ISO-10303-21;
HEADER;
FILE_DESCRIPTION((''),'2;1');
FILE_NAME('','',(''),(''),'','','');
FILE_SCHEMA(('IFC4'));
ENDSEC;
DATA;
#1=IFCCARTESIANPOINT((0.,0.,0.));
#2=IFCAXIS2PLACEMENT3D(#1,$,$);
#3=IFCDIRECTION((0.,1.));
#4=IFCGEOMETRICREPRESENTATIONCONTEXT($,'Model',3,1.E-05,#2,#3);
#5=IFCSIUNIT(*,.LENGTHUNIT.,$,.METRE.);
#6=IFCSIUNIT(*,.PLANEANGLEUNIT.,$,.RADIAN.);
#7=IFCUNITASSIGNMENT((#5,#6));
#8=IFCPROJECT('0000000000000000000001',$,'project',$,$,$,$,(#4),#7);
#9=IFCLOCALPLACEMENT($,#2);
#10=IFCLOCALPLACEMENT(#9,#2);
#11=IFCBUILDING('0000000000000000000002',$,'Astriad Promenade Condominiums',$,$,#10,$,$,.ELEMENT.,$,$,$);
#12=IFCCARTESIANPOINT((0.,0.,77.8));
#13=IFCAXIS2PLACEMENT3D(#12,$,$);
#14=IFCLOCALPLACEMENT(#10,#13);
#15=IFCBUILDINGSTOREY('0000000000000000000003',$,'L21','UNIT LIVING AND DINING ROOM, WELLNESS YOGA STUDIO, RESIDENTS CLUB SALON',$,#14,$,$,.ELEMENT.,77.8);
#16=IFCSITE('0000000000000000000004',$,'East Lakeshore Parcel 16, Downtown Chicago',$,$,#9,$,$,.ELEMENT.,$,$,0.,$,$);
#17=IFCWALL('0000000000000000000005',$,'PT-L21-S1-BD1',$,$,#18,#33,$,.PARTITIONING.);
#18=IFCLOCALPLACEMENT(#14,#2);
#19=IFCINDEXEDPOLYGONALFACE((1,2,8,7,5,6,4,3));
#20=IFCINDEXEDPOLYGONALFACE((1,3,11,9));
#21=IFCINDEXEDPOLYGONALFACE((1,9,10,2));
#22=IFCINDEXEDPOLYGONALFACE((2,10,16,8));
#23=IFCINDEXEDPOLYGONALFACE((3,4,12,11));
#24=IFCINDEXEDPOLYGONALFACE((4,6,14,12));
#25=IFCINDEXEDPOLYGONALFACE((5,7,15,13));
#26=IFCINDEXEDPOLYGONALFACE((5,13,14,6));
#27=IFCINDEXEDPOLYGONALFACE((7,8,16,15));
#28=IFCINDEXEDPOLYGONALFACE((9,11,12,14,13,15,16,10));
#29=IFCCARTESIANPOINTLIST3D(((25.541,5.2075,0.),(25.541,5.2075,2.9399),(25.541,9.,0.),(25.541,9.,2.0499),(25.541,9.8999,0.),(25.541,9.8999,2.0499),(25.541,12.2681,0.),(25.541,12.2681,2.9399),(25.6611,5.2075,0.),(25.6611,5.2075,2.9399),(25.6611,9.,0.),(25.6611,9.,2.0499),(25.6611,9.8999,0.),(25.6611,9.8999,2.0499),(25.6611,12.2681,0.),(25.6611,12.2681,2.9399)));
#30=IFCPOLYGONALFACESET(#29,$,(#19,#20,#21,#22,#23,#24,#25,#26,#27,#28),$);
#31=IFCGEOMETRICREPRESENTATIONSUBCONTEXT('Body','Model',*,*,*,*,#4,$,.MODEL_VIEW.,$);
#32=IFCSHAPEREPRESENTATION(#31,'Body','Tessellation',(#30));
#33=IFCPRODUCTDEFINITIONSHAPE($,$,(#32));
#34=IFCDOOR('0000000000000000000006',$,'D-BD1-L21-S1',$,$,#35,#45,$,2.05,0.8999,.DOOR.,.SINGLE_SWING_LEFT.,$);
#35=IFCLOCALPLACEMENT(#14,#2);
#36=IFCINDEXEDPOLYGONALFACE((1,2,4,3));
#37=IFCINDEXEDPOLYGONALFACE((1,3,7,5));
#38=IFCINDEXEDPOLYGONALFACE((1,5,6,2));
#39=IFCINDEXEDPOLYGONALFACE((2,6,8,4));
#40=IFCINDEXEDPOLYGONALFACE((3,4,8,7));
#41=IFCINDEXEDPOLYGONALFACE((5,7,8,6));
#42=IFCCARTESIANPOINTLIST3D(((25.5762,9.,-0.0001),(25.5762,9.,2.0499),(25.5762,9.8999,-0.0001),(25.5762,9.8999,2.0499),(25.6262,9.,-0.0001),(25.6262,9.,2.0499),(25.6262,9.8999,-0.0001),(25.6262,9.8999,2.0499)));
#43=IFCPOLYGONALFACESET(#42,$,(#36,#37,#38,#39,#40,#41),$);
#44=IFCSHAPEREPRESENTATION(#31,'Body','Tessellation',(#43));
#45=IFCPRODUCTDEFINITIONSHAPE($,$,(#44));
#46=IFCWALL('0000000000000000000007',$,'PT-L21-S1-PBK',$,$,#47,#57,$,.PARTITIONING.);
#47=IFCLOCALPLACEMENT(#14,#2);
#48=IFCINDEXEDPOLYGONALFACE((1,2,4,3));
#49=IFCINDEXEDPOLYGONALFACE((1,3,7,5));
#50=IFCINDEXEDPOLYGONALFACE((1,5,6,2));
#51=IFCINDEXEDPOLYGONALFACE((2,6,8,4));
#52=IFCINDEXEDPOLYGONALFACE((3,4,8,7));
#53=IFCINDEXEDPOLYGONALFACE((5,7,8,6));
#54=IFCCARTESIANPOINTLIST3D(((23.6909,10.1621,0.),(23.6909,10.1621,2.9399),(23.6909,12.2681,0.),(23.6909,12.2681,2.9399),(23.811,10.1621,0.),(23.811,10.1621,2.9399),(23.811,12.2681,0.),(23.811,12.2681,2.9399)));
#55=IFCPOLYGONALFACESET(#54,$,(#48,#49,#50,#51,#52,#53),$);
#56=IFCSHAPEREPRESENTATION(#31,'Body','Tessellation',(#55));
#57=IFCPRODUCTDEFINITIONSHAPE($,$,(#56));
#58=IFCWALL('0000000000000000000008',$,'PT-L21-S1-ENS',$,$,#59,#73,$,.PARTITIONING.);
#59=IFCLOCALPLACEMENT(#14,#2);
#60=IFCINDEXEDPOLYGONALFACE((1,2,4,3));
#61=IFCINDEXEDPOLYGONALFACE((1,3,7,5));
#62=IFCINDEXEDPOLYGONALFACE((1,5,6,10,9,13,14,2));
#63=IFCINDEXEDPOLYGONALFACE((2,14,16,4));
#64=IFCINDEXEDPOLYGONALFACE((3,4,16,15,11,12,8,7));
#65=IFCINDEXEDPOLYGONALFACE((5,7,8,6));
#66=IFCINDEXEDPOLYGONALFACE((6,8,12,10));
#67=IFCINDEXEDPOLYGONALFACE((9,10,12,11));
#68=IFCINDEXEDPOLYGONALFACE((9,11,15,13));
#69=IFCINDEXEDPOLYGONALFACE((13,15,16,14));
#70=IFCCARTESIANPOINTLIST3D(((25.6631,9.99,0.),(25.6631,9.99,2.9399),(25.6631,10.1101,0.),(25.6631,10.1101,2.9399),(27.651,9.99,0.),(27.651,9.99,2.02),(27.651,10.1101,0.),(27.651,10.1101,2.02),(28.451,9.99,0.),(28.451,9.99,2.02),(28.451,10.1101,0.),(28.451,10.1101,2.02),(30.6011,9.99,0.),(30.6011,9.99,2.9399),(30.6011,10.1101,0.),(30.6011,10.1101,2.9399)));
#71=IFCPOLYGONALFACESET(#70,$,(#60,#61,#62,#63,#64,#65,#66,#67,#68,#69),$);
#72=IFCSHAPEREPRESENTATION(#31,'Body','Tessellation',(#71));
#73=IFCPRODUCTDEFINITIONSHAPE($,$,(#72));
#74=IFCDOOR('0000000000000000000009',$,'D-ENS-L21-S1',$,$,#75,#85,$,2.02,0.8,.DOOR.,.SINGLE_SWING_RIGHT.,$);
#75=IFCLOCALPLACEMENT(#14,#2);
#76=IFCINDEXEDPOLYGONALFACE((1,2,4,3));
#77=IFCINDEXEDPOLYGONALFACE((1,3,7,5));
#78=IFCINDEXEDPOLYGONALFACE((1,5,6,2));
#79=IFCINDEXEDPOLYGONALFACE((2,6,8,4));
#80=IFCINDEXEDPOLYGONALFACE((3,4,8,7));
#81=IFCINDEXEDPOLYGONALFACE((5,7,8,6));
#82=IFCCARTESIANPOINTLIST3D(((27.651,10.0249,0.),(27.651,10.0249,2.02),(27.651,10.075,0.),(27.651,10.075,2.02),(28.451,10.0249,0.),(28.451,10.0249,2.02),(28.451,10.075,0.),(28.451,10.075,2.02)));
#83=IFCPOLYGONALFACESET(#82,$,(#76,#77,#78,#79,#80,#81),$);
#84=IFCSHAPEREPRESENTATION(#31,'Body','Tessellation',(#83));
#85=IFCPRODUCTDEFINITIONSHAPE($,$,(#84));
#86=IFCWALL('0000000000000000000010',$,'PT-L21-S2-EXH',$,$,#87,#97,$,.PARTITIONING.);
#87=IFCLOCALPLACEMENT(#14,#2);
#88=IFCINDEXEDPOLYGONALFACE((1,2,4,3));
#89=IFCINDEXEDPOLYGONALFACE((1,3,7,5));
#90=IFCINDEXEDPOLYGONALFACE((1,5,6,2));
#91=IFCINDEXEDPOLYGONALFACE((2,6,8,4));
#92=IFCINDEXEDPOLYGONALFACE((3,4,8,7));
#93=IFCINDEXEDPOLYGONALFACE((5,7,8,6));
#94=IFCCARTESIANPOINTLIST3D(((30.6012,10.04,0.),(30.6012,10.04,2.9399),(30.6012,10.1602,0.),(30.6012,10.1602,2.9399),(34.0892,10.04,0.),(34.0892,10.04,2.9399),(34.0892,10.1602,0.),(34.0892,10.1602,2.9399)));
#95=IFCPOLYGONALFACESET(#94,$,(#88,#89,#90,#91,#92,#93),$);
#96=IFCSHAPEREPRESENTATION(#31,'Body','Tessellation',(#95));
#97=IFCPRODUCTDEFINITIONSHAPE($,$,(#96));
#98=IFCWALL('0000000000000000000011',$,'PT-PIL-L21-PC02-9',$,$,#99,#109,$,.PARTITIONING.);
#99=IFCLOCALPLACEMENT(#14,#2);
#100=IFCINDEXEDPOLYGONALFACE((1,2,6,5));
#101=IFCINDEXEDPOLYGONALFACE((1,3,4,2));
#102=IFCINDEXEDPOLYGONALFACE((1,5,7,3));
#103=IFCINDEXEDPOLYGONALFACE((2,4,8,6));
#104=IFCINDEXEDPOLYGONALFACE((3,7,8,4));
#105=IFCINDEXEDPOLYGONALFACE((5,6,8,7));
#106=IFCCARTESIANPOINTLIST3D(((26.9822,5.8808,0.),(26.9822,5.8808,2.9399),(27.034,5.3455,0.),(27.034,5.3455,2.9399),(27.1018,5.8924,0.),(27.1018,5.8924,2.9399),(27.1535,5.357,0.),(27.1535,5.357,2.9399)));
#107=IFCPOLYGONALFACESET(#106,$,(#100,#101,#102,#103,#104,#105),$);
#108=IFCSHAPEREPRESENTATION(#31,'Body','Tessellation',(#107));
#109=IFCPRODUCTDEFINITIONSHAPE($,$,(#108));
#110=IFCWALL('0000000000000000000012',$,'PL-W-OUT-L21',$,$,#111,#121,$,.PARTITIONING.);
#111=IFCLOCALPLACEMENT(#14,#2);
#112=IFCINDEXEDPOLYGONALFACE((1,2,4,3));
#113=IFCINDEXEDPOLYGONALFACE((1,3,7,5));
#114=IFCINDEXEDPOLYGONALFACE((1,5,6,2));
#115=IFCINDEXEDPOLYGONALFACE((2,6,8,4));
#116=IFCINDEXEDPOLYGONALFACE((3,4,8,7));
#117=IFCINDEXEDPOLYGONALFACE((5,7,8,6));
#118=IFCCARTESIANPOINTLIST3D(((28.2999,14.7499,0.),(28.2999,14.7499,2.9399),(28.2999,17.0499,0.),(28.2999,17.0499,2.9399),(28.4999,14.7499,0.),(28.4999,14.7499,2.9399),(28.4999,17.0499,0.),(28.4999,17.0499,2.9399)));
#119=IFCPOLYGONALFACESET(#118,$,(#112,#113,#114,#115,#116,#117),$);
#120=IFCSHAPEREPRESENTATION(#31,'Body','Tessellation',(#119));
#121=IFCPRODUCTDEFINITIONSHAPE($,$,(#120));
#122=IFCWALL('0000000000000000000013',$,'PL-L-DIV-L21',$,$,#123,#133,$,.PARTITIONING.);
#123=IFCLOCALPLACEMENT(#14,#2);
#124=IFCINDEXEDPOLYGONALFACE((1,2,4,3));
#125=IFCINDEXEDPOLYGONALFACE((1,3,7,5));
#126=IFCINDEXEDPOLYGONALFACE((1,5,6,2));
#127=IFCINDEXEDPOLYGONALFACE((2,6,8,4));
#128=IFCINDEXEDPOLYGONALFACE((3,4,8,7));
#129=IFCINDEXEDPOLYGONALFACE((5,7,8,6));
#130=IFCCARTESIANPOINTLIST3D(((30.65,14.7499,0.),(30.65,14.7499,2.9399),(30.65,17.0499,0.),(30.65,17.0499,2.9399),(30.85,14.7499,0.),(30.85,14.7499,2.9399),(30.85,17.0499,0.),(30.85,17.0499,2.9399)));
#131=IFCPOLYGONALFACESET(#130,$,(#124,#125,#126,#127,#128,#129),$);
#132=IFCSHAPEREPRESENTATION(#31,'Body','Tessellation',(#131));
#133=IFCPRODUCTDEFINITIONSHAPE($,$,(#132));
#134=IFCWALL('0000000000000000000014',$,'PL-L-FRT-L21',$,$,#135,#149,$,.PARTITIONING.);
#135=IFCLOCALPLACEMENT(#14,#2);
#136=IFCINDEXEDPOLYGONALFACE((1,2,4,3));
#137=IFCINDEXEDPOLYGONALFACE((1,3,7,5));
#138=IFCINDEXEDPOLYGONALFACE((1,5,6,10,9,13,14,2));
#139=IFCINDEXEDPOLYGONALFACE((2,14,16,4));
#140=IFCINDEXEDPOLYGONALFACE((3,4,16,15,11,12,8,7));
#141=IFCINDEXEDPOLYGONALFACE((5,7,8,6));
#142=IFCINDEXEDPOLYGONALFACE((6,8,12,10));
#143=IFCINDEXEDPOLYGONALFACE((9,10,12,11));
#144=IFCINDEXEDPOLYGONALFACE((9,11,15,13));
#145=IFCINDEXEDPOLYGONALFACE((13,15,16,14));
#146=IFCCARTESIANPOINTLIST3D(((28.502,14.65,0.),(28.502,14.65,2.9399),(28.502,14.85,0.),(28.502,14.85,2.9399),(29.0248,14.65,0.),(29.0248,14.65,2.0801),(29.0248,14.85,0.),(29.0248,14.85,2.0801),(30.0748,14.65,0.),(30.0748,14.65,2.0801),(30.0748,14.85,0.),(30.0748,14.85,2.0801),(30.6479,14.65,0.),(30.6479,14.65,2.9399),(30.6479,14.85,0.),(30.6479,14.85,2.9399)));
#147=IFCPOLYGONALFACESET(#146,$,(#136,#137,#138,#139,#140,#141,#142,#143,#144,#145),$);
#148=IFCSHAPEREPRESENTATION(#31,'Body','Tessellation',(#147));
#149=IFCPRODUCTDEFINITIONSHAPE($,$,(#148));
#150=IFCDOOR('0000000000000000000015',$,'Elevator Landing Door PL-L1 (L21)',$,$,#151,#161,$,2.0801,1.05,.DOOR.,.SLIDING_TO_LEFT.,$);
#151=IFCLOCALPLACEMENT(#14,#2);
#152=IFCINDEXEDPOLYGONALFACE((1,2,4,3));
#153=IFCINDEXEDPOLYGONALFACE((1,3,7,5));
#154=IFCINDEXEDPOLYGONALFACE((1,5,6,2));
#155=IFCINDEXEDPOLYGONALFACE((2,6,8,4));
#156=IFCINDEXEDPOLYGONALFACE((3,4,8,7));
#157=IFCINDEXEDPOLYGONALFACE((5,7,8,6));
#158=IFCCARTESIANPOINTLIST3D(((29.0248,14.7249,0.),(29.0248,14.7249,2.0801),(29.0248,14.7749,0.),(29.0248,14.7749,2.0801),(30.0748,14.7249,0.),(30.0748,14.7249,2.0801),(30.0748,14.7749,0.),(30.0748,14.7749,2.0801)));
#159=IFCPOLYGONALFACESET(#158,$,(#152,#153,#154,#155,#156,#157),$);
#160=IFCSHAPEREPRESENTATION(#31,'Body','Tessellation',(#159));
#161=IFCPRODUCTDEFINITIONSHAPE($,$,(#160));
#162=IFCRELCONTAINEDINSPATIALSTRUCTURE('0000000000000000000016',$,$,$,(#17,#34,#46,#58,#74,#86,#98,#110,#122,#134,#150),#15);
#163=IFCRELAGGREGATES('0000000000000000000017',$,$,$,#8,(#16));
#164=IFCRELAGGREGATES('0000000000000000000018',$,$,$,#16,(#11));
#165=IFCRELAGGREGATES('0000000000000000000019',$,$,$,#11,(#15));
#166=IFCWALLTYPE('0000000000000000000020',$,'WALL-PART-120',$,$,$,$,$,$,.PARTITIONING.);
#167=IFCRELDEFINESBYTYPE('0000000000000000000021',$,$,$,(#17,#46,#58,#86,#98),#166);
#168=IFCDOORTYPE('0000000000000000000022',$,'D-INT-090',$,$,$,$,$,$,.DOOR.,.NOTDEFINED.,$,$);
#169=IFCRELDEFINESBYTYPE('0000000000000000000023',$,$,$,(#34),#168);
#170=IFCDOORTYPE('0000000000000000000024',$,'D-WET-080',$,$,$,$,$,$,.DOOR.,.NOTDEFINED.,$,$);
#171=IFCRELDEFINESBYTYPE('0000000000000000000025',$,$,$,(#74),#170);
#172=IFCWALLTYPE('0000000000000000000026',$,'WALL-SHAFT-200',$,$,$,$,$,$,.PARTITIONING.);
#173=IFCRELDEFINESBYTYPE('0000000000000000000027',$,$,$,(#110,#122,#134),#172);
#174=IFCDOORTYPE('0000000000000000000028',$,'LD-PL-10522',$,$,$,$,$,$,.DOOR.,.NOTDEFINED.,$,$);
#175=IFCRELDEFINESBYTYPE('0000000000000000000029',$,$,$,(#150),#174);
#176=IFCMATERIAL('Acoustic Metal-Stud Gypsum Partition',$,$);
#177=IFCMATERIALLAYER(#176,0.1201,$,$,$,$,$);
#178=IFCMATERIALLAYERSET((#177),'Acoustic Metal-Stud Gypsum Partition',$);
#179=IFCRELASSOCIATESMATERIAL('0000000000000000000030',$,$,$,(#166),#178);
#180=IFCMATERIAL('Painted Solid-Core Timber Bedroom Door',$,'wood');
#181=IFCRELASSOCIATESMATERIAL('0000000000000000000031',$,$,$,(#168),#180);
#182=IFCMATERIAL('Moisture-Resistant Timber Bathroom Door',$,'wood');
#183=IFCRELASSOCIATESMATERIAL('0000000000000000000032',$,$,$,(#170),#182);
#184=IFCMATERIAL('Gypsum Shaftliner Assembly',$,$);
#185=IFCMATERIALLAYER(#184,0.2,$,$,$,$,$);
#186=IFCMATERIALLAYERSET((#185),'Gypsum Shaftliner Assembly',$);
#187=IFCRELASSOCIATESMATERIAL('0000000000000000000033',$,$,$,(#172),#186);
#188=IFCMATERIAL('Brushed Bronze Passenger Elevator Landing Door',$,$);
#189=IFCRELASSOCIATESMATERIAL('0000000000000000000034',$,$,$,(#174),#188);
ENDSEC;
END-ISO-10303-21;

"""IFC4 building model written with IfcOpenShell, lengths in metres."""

from ifc_helpers import new_model, si_unit, direction, frame, frame_2d, origin, place, context, subcontext, project, spatial, rectangle, extrude, source, transform, mapped, material, layer, layer_set, type_object, type_shapes, element, fill, save


model = new_model("IFC4")

# Units and contexts
model_context = context("Model", 3, precision=1e-05, world=origin(), true_north=direction((0.0, 1.0)))
body_context = subcontext(model_context, "Body", "Model", "MODEL_VIEW")
ifc_project = project(units=[si_unit("LENGTHUNIT", "METRE"), si_unit("PLANEANGLEUNIT", "RADIAN")], contexts=[model_context])

# Site, building, storey
site_placement = place(None, origin())
site = spatial("IfcSite", under=ifc_project, at=site_placement, Name="East Lakeshore Parcel 16, Downtown Chicago", CompositionType="ELEMENT", RefElevation=0.0)
building_placement = place(site_placement, origin())
building = spatial("IfcBuilding", under=site, at=building_placement, Name="Astriad Promenade Condominiums", CompositionType="ELEMENT")
storey_placement = place(building_placement, frame((0.0, 0.0, 77.8)))
storey = spatial("IfcBuildingStorey", under=building, at=storey_placement, Name="L21", Description="UNIT LIVING AND DINING ROOM, WELLNESS YOGA STUDIO, RESIDENTS CLUB SALON", CompositionType="ELEMENT", Elevation=77.8)

# Wall, opening, door
ifc_material_1 = material(Name="Acoustic Metal-Stud Gypsum Partition")
ifc_layer_1 = layer(ifc_material_1, 0.1201)
ifc_layer_set_1 = layer_set([ifc_layer_1], Name="Acoustic Metal-Stud Gypsum Partition")
wall_type_1 = type_object("IfcWallType", Name="WALL-PART-120", PredefinedType="PARTITIONING", material=ifc_layer_set_1)
wall_1_placement = place(storey_placement, frame((25.6011, 5.2075, 0.0), z_axis=(0.0, 0.0, 1.0), x_axis=(0.0, 1.0, 0.0)))
wall_1 = element("IfcWall", 1, at=wall_1_placement, inside=storey, type_object=wall_type_1, Name="PT-L21-S1-BD1", PredefinedType="PARTITIONING", context=body_context, shape_type="SweptSolid", body=[
    extrude(rectangle(XDim=7.0605, YDim=0.1201, at=frame_2d((3.5303, 0.0))), origin(), (0.0, 0.0, 1.0), 2.9399),
])
opening_1_placement = place(wall_1_placement, frame((3.7925, 0.0, 0.0)))
opening_1 = element("IfcOpeningElement", 2, at=opening_1_placement, cuts=wall_1, PredefinedType="OPENING", context=body_context, shape_type="SweptSolid", body=[
    extrude(rectangle(XDim=0.8999, YDim=2.05, at=frame_2d((0.45, 1.0249))), frame((0.0, 0.0701, 0.0), z_axis=(0.0, -1.0, 0.0), x_axis=(1.0, 0.0, 0.0)), (0.0, 0.0, 1.0), 0.1401),
])
ifc_material_2 = material(Name="Painted Solid-Core Timber Bedroom Door", Category="wood")
door_type_1 = type_object("IfcDoorType", Name="D-INT-090", OperationType="NOTDEFINED", PredefinedType="DOOR", material=ifc_material_2)
shared_shape_1 = source(origin(), body_context, "Body", "SweptSolid", [
    extrude(rectangle(XDim=0.8999, YDim=2.05, at=frame_2d((0.45, 1.0249))), frame((0.0, 0.0249, 0.0), z_axis=(0.0, -1.0, 0.0), x_axis=(1.0, 0.0, 0.0)), (0.0, 0.0, 1.0), 0.05),
])
type_shapes(door_type_1, [shared_shape_1])
door_1_placement = place(opening_1_placement, origin())
door_1 = element("IfcDoor", 3, at=door_1_placement, inside=storey, type_object=door_type_1, Name="D-BD1-L21-S1", OperationType="SINGLE_SWING_LEFT", OverallHeight=2.05, OverallWidth=0.8999, PredefinedType="DOOR", context=body_context, shape_type="MappedRepresentation", body=[
    mapped(shared_shape_1, transform((0.0, 0.0, 0.0), scale=1.0)),
])
fill(opening_1, door_1)

# Wall
wall_2_placement = place(storey_placement, frame((23.751, 10.1621, 0.0), z_axis=(0.0, 0.0, 1.0), x_axis=(0.0, 1.0, 0.0)))
element("IfcWall", 4, at=wall_2_placement, inside=storey, type_object=wall_type_1, Name="PT-L21-S1-PBK", PredefinedType="PARTITIONING", context=body_context, shape_type="SweptSolid", body=[
    extrude(rectangle(XDim=2.106, YDim=0.1201, at=frame_2d((1.053, 0.0))), origin(), (0.0, 0.0, 1.0), 2.9399),
])

# Wall, opening, door
wall_3_placement = place(storey_placement, frame((25.6631, 10.05, 0.0), z_axis=(0.0, 0.0, 1.0), x_axis=(1.0, 0.0, 0.0)))
wall_3 = element("IfcWall", 5, at=wall_3_placement, inside=storey, type_object=wall_type_1, Name="PT-L21-S1-ENS", PredefinedType="PARTITIONING", context=body_context, shape_type="SweptSolid", body=[
    extrude(rectangle(XDim=4.938, YDim=0.1201, at=frame_2d((2.469, 0.0))), origin(), (0.0, 0.0, 1.0), 2.9399),
])
opening_2_placement = place(wall_3_placement, frame((1.988, 0.0, 0.0)))
opening_2 = element("IfcOpeningElement", 6, at=opening_2_placement, cuts=wall_3, PredefinedType="OPENING", context=body_context, shape_type="SweptSolid", body=[
    extrude(rectangle(XDim=0.8, YDim=2.02, at=frame_2d((0.3999, 1.01))), frame((0.0, 0.0701, 0.0), z_axis=(0.0, -1.0, 0.0), x_axis=(1.0, 0.0, 0.0)), (0.0, 0.0, 1.0), 0.1401),
])
ifc_material_3 = material(Name="Moisture-Resistant Timber Bathroom Door", Category="wood")
door_type_2 = type_object("IfcDoorType", Name="D-WET-080", OperationType="NOTDEFINED", PredefinedType="DOOR", material=ifc_material_3)
shared_shape_2 = source(origin(), body_context, "Body", "SweptSolid", [
    extrude(rectangle(XDim=0.8, YDim=2.02, at=frame_2d((0.3999, 1.01))), frame((0.0, 0.0249, 0.0), z_axis=(0.0, -1.0, 0.0), x_axis=(1.0, 0.0, 0.0)), (0.0, 0.0, 1.0), 0.05),
])
type_shapes(door_type_2, [shared_shape_2])
door_2_placement = place(opening_2_placement, origin())
door_2 = element("IfcDoor", 7, at=door_2_placement, inside=storey, type_object=door_type_2, Name="D-ENS-L21-S1", OperationType="SINGLE_SWING_RIGHT", OverallHeight=2.02, OverallWidth=0.8, PredefinedType="DOOR", context=body_context, shape_type="MappedRepresentation", body=[
    mapped(shared_shape_2, transform((0.0, 0.0, 0.0), scale=1.0)),
])
fill(opening_2, door_2)

# Walls
wall_4_placement = place(storey_placement, frame((30.6011, 10.1001, 0.0), z_axis=(0.0, 0.0, 1.0), x_axis=(1.0, 0.0, 0.0)))
element("IfcWall", 8, at=wall_4_placement, inside=storey, type_object=wall_type_1, Name="PT-L21-S2-EXH", PredefinedType="PARTITIONING", context=body_context, shape_type="SweptSolid", body=[
    extrude(rectangle(XDim=3.488, YDim=0.1201, at=frame_2d((1.7441, 0.0))), origin(), (0.0, 0.0, 1.0), 2.9399),
])
wall_5_placement = place(storey_placement, frame((27.042, 5.8867, 0.0), z_axis=(0.0, 0.0, 1.0), x_axis=(0.096223, -0.99536, 0.0)))
element("IfcWall", 9, at=wall_5_placement, inside=storey, type_object=wall_type_1, Name="PT-PIL-L21-PC02-9", PredefinedType="PARTITIONING", context=body_context, shape_type="SweptSolid", body=[
    extrude(rectangle(XDim=0.5378, YDim=0.1201, at=frame_2d((0.269, 0.0))), origin(), (0.0, 0.0, 1.0), 2.9399),
])
ifc_material_4 = material(Name="Gypsum Shaftliner Assembly")
ifc_layer_2 = layer(ifc_material_4, 0.2)
ifc_layer_set_2 = layer_set([ifc_layer_2], Name="Gypsum Shaftliner Assembly")
wall_type_2 = type_object("IfcWallType", Name="WALL-SHAFT-200", PredefinedType="PARTITIONING", material=ifc_layer_set_2)
for number, where, z_axis, x_axis, name in (
    (10, (28.3999, 14.75, 0.0), (0.0, 0.0, 1.0), (0.0, 1.0, 0.0), "PL-W-OUT-L21"),
    (11, (30.75, 14.75, 0.0), (0.0, 0.0, 1.0), (0.0, 1.0, 0.0), "PL-L-DIV-L21"),
):
    element("IfcWall", number, at=place(storey_placement, frame(where, z_axis=z_axis, x_axis=x_axis)), inside=storey, type_object=wall_type_2, Name=name, PredefinedType="PARTITIONING", context=body_context, shape_type="SweptSolid", body=[
        extrude(rectangle(XDim=2.3, YDim=0.2, at=frame_2d((1.1499, 0.0))), origin(), (0.0, 0.0, 1.0), 2.9399),
    ])

# Wall, opening, door
wall_6_placement = place(storey_placement, frame((28.502, 14.75, 0.0), z_axis=(0.0, 0.0, 1.0), x_axis=(1.0, 0.0, 0.0)))
wall_6 = element("IfcWall", 12, at=wall_6_placement, inside=storey, type_object=wall_type_2, Name="PL-L-FRT-L21", PredefinedType="PARTITIONING", context=body_context, shape_type="SweptSolid", body=[
    extrude(rectangle(XDim=2.146, YDim=0.2, at=frame_2d((1.073, 0.0))), origin(), (0.0, 0.0, 1.0), 2.9399),
])
opening_3_placement = place(wall_6_placement, frame((0.5229, 0.0, 0.0)))
opening_3 = element("IfcOpeningElement", 13, at=opening_3_placement, cuts=wall_6, PredefinedType="OPENING", context=body_context, shape_type="SweptSolid", body=[
    extrude(rectangle(XDim=1.05, YDim=2.0801, at=frame_2d((0.5249, 1.04))), frame((0.0, 0.1099, 0.0), z_axis=(0.0, -1.0, 0.0), x_axis=(1.0, 0.0, 0.0)), (0.0, 0.0, 1.0), 0.22),
])
ifc_material_5 = material(Name="Brushed Bronze Passenger Elevator Landing Door")
door_type_3 = type_object("IfcDoorType", Name="LD-PL-10522", OperationType="NOTDEFINED", PredefinedType="DOOR", material=ifc_material_5)
shared_shape_3 = source(origin(), body_context, "Body", "SweptSolid", [
    extrude(rectangle(XDim=1.05, YDim=2.0801, at=frame_2d((0.5249, 1.04))), frame((0.0, 0.0249, 0.0), z_axis=(0.0, -1.0, 0.0), x_axis=(1.0, 0.0, 0.0)), (0.0, 0.0, 1.0), 0.05),
])
type_shapes(door_type_3, [shared_shape_3])
door_3_placement = place(opening_3_placement, origin())
door_3 = element("IfcDoor", 14, at=door_3_placement, inside=storey, type_object=door_type_3, Name="Elevator Landing Door PL-L1 (L21)", OperationType="SLIDING_TO_LEFT", OverallHeight=2.0801, OverallWidth=1.05, PredefinedType="DOOR", context=body_context, shape_type="MappedRepresentation", body=[
    mapped(shared_shape_3, transform((0.0, 0.0, 0.0), scale=1.0)),
])
fill(opening_3, door_3)

save(model, "model.ifc")
